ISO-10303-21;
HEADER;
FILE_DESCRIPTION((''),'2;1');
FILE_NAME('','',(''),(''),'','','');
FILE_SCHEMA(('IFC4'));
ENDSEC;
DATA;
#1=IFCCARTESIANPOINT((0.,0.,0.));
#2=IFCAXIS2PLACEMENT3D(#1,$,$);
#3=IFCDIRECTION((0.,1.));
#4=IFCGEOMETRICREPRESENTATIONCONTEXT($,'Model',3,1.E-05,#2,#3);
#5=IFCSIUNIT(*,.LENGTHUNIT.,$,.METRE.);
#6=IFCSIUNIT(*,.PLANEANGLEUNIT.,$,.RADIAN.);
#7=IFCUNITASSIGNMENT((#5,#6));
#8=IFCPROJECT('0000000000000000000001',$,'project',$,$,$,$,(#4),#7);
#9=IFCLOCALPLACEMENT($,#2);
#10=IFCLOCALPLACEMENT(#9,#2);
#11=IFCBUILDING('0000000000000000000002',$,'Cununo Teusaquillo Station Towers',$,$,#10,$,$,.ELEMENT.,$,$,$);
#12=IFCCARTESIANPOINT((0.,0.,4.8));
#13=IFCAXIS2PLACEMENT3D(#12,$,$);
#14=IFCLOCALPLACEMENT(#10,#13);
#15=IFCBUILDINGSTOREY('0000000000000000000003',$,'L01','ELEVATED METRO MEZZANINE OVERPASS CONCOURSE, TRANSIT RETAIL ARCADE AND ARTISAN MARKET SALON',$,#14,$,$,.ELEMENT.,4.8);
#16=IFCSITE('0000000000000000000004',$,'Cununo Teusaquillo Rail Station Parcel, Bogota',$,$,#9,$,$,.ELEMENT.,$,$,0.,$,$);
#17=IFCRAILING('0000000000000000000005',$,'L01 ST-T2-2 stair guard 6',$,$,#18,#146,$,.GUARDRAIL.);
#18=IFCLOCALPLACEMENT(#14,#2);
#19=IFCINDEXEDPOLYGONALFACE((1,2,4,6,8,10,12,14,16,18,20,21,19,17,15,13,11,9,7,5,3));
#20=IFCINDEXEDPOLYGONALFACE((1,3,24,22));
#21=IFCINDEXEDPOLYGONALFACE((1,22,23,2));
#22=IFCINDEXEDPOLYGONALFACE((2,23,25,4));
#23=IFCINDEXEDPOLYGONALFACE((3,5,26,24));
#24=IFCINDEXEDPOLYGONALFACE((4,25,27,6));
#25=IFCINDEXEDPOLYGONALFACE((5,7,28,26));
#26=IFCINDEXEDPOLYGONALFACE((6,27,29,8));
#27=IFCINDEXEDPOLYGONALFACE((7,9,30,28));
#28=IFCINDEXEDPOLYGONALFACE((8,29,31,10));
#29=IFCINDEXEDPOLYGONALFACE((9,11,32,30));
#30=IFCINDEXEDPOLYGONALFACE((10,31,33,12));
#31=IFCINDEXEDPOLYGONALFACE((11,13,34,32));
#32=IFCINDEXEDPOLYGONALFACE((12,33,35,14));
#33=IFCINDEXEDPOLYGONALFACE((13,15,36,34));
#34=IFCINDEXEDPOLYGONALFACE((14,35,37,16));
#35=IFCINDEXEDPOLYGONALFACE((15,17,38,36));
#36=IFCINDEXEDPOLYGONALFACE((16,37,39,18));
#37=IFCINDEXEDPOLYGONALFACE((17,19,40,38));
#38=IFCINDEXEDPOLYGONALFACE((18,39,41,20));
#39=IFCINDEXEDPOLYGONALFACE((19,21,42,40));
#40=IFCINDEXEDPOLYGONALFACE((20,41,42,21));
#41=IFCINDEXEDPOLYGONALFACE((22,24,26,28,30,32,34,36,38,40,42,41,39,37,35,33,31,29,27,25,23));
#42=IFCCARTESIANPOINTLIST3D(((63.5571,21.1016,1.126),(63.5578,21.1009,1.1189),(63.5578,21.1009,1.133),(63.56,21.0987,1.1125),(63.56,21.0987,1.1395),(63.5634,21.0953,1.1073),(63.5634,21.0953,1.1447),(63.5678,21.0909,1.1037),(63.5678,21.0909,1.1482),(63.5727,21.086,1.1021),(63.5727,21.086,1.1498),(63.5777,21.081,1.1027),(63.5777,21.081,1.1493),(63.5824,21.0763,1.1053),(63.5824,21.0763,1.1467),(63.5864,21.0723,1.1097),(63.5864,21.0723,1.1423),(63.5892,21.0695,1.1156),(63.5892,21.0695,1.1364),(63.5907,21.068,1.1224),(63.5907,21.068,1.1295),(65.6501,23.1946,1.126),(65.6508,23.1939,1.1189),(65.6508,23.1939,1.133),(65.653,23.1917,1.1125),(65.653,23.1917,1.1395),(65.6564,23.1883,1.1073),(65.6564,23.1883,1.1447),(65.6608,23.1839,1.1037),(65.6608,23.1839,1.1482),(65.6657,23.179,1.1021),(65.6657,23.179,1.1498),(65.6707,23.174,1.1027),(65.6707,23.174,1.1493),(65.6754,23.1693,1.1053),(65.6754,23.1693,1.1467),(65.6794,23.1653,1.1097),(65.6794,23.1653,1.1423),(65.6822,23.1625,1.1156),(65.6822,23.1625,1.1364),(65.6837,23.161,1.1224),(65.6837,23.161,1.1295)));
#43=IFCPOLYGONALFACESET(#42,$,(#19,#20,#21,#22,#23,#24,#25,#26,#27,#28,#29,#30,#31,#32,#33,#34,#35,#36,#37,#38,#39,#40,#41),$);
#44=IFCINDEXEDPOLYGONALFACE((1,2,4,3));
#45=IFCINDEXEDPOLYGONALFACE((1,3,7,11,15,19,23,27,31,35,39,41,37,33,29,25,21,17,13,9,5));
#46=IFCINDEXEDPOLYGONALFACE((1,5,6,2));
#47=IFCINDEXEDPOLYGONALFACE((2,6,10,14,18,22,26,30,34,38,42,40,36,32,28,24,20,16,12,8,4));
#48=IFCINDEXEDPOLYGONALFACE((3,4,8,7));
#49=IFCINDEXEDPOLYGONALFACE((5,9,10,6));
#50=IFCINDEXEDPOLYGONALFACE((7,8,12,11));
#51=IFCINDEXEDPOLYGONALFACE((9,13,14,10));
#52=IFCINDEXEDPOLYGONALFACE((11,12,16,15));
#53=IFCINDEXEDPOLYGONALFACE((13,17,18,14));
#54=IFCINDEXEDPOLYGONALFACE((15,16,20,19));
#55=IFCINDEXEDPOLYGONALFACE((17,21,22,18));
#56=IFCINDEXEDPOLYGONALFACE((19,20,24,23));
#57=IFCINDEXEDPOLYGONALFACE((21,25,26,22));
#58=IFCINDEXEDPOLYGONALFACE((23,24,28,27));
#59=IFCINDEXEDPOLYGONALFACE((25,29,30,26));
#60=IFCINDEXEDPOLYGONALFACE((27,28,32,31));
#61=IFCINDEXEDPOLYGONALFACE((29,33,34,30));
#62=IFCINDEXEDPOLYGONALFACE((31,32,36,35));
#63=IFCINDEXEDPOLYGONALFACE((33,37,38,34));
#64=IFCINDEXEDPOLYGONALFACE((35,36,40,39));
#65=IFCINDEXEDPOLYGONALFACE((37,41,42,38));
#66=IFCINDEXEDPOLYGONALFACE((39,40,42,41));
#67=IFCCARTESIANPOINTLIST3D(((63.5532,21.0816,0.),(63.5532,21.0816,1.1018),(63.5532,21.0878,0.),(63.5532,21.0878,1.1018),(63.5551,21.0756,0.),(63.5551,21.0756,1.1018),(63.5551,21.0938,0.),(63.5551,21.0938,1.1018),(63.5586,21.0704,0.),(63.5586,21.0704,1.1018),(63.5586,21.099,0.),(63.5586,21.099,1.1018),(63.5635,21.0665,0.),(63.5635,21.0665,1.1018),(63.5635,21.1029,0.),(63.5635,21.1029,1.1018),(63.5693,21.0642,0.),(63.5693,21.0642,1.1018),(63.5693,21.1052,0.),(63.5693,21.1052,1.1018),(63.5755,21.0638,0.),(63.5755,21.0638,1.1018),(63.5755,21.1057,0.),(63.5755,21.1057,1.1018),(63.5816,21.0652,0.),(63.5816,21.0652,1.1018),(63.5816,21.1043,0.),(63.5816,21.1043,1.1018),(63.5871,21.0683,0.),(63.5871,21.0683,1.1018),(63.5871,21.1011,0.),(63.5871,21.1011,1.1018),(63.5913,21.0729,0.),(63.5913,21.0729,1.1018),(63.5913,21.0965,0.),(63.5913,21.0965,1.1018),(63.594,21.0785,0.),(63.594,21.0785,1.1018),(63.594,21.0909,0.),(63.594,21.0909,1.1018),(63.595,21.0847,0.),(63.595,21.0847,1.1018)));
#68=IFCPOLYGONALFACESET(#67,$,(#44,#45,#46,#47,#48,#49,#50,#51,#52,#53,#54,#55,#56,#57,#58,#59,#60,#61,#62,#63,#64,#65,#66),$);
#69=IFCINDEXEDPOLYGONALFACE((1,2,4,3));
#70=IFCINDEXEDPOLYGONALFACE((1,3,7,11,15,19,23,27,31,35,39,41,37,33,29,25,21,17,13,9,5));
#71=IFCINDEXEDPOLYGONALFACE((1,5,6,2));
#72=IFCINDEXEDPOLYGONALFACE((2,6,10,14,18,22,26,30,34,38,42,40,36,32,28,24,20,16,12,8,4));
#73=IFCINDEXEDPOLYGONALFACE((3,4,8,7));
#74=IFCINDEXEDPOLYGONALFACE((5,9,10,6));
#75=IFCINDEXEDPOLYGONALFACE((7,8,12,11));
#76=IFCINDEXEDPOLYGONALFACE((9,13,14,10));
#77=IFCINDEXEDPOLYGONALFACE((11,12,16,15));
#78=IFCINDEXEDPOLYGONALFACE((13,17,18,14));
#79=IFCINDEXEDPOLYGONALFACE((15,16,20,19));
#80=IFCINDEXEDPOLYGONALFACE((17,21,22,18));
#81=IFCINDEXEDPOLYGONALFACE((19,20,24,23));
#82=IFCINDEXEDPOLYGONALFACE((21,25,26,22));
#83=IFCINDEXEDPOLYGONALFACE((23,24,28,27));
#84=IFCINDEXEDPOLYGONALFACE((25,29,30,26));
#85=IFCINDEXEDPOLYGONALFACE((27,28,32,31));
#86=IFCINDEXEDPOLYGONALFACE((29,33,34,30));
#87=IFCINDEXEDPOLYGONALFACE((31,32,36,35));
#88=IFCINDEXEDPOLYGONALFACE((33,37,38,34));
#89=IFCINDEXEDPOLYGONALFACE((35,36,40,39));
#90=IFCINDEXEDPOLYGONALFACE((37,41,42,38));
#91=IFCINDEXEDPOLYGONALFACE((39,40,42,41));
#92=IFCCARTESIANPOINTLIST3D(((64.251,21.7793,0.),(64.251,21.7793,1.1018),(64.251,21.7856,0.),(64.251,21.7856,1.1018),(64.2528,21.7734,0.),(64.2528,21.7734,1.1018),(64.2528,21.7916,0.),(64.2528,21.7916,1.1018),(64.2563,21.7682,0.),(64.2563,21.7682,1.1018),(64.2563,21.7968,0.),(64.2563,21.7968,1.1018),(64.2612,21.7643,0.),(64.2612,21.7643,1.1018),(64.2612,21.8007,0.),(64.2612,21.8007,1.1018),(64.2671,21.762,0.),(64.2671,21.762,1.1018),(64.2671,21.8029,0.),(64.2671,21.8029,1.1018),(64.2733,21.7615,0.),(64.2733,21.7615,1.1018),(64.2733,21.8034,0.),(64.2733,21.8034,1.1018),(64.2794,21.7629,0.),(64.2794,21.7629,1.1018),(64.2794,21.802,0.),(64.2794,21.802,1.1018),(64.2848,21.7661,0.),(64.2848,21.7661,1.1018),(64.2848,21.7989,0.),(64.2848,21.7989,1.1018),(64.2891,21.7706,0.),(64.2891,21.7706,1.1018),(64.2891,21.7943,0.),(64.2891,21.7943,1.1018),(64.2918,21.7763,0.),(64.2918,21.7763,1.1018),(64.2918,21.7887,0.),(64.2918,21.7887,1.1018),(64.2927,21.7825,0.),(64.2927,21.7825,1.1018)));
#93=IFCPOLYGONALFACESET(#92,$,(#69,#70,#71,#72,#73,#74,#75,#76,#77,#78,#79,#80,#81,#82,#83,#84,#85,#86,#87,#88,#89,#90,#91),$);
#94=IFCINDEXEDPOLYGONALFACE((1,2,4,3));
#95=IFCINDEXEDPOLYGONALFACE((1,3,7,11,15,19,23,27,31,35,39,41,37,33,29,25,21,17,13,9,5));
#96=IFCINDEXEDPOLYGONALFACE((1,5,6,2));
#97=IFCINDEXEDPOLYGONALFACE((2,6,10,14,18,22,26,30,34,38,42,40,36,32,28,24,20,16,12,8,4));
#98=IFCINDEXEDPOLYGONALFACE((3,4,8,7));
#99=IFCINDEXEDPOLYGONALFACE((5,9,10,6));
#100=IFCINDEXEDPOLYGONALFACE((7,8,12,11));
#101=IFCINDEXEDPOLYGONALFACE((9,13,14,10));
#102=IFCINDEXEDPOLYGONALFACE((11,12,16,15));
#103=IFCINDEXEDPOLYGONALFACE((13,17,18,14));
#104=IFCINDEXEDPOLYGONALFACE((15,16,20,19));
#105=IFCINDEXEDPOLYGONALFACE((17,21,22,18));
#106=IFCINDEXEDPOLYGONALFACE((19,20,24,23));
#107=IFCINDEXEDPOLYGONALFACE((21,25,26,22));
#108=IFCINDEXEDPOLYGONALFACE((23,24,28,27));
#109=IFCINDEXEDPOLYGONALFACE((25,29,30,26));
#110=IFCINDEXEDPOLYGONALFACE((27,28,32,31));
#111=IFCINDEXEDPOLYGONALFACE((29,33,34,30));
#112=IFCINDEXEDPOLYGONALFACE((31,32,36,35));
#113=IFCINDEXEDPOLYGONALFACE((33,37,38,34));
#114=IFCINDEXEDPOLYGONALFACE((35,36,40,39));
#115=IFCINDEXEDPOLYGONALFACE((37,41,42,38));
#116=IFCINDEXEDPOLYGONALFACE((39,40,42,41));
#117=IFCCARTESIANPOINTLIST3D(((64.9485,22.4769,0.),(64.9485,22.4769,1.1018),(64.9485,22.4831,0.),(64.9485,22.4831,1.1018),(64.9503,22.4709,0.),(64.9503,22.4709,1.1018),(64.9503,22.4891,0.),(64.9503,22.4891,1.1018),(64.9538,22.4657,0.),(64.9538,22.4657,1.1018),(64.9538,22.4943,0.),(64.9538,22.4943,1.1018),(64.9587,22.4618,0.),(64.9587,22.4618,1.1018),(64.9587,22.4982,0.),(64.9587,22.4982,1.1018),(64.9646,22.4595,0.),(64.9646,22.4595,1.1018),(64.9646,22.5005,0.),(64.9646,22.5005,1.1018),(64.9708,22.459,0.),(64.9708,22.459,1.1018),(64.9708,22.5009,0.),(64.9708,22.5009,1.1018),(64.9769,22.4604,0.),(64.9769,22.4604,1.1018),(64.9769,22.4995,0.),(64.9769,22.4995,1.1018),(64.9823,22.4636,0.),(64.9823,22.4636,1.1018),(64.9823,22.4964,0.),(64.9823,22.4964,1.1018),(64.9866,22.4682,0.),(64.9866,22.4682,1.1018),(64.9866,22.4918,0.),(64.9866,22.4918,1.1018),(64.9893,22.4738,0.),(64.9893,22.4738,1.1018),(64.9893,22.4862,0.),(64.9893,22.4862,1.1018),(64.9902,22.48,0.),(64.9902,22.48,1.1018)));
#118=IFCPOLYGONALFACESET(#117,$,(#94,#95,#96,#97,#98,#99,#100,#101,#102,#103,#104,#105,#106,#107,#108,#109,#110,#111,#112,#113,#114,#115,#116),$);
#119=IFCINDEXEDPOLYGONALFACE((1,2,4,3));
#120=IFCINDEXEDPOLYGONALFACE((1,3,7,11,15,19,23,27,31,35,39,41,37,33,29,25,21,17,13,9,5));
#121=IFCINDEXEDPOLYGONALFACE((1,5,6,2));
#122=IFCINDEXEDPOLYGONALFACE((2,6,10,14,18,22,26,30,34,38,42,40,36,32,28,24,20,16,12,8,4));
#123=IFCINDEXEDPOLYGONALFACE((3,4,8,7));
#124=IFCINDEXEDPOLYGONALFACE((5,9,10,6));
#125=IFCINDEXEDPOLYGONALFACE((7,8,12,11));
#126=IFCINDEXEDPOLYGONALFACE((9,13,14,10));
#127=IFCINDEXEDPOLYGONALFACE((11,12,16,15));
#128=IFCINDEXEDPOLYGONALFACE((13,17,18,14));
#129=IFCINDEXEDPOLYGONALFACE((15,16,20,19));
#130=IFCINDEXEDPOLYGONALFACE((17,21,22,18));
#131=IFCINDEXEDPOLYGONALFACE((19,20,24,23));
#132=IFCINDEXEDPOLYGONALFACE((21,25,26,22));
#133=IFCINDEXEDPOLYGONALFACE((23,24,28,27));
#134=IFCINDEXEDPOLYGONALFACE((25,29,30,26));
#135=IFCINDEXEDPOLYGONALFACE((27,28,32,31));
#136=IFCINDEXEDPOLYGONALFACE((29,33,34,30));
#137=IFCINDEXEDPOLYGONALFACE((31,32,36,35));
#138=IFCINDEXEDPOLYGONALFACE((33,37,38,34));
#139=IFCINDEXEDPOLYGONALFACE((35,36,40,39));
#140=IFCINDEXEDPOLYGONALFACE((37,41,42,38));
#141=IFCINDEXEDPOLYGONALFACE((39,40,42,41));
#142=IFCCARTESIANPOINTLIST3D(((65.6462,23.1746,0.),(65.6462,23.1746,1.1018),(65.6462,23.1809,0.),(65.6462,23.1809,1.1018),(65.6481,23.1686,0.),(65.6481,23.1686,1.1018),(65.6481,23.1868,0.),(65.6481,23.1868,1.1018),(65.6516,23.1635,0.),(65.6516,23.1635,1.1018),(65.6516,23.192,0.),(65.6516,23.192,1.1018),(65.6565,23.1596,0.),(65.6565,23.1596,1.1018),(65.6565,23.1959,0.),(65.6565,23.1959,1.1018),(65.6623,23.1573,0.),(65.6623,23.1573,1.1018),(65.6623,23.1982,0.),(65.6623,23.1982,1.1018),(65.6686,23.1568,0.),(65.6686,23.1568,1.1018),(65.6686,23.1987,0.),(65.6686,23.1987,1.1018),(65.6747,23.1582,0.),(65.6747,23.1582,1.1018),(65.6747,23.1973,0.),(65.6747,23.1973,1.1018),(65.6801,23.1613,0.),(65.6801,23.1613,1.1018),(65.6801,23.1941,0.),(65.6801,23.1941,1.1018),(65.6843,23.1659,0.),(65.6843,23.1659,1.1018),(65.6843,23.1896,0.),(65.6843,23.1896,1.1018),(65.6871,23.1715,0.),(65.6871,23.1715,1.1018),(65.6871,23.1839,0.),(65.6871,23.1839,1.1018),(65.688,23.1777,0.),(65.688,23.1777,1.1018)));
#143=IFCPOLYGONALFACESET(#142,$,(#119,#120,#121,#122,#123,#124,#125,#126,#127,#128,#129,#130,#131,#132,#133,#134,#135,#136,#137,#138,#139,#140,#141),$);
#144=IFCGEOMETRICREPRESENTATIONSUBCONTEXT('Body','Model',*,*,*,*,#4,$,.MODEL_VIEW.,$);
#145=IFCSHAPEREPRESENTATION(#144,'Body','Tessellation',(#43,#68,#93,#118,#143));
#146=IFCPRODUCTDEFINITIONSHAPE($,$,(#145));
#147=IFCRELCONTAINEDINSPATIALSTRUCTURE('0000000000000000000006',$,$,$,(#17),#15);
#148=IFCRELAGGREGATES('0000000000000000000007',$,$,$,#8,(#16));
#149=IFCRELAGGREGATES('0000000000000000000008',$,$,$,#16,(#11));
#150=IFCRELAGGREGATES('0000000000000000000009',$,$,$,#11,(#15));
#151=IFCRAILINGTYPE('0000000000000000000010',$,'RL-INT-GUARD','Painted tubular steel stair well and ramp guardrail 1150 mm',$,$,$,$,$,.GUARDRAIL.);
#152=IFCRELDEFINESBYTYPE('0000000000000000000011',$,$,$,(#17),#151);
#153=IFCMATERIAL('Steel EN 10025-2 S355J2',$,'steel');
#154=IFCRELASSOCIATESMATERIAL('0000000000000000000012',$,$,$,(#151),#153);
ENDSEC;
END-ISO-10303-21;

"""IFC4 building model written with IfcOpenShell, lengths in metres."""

from ifc_helpers import new_model, si_unit, direction, frame, origin, origin_2d, place, context, subcontext, project, spatial, circle, extrude, material, type_object, element, save


model = new_model("IFC4")

# Units and contexts
model_context = context("Model", 3, precision=1e-05, world=origin(), true_north=direction((0.0, 1.0)))
body_context = subcontext(model_context, "Body", "Model", "MODEL_VIEW")
ifc_project = project(units=[si_unit("LENGTHUNIT", "METRE"), si_unit("PLANEANGLEUNIT", "RADIAN")], contexts=[model_context])

# Site, building, storey
site_placement = place(None, origin())
site = spatial("IfcSite", under=ifc_project, at=site_placement, Name="Cununo Teusaquillo Rail Station Parcel, Bogota", CompositionType="ELEMENT", RefElevation=0.0)
building_placement = place(site_placement, origin())
building = spatial("IfcBuilding", under=site, at=building_placement, Name="Cununo Teusaquillo Station Towers", CompositionType="ELEMENT")
storey_placement = place(building_placement, frame((0.0, 0.0, 4.8)))
storey = spatial("IfcBuildingStorey", under=building, at=storey_placement, Name="L01", Description="ELEVATED METRO MEZZANINE OVERPASS CONCOURSE, TRANSIT RETAIL ARCADE AND ARTISAN MARKET SALON", CompositionType="ELEMENT", Elevation=4.8)

# Railing
ifc_material_1 = material(Name="Steel EN 10025-2 S355J2", Category="steel")
railing_type = type_object("IfcRailingType", Name="RL-INT-GUARD", Description="Painted tubular steel stair well and ramp guardrail 1150 mm", PredefinedType="GUARDRAIL", material=ifc_material_1)
railing_1_placement = place(storey_placement, frame((63.574, 21.0847, 0.0)))
element("IfcRailing", 1, at=railing_1_placement, inside=storey, type_object=railing_type, Name="L01 ST-T2-2 stair guard 6", PredefinedType="GUARDRAIL", context=body_context, shape_type="SweptSolid", body=[
    extrude(circle(Radius=0.0239, at=origin_2d()), frame((0.0, 0.0, 1.126), z_axis=(0.707107, 0.707107, 0.0), x_axis=(-0.707107, 0.707107, 0.0)), (0.0, 0.0, 1.0), 2.96),
    extrude(circle(Radius=0.021, at=origin_2d()), origin(), (0.0, 0.0, 1.0), 1.1018),
    extrude(circle(Radius=0.021, at=origin_2d()), frame((0.6978, 0.6978, 0.0)), (0.0, 0.0, 1.0), 1.1018),
    extrude(circle(Radius=0.021, at=origin_2d()), frame((1.3953, 1.3953, 0.0)), (0.0, 0.0, 1.0), 1.1018),
    extrude(circle(Radius=0.021, at=origin_2d()), frame((2.093, 2.093, 0.0)), (0.0, 0.0, 1.0), 1.1018),
])

save(model, "model.ifc")
